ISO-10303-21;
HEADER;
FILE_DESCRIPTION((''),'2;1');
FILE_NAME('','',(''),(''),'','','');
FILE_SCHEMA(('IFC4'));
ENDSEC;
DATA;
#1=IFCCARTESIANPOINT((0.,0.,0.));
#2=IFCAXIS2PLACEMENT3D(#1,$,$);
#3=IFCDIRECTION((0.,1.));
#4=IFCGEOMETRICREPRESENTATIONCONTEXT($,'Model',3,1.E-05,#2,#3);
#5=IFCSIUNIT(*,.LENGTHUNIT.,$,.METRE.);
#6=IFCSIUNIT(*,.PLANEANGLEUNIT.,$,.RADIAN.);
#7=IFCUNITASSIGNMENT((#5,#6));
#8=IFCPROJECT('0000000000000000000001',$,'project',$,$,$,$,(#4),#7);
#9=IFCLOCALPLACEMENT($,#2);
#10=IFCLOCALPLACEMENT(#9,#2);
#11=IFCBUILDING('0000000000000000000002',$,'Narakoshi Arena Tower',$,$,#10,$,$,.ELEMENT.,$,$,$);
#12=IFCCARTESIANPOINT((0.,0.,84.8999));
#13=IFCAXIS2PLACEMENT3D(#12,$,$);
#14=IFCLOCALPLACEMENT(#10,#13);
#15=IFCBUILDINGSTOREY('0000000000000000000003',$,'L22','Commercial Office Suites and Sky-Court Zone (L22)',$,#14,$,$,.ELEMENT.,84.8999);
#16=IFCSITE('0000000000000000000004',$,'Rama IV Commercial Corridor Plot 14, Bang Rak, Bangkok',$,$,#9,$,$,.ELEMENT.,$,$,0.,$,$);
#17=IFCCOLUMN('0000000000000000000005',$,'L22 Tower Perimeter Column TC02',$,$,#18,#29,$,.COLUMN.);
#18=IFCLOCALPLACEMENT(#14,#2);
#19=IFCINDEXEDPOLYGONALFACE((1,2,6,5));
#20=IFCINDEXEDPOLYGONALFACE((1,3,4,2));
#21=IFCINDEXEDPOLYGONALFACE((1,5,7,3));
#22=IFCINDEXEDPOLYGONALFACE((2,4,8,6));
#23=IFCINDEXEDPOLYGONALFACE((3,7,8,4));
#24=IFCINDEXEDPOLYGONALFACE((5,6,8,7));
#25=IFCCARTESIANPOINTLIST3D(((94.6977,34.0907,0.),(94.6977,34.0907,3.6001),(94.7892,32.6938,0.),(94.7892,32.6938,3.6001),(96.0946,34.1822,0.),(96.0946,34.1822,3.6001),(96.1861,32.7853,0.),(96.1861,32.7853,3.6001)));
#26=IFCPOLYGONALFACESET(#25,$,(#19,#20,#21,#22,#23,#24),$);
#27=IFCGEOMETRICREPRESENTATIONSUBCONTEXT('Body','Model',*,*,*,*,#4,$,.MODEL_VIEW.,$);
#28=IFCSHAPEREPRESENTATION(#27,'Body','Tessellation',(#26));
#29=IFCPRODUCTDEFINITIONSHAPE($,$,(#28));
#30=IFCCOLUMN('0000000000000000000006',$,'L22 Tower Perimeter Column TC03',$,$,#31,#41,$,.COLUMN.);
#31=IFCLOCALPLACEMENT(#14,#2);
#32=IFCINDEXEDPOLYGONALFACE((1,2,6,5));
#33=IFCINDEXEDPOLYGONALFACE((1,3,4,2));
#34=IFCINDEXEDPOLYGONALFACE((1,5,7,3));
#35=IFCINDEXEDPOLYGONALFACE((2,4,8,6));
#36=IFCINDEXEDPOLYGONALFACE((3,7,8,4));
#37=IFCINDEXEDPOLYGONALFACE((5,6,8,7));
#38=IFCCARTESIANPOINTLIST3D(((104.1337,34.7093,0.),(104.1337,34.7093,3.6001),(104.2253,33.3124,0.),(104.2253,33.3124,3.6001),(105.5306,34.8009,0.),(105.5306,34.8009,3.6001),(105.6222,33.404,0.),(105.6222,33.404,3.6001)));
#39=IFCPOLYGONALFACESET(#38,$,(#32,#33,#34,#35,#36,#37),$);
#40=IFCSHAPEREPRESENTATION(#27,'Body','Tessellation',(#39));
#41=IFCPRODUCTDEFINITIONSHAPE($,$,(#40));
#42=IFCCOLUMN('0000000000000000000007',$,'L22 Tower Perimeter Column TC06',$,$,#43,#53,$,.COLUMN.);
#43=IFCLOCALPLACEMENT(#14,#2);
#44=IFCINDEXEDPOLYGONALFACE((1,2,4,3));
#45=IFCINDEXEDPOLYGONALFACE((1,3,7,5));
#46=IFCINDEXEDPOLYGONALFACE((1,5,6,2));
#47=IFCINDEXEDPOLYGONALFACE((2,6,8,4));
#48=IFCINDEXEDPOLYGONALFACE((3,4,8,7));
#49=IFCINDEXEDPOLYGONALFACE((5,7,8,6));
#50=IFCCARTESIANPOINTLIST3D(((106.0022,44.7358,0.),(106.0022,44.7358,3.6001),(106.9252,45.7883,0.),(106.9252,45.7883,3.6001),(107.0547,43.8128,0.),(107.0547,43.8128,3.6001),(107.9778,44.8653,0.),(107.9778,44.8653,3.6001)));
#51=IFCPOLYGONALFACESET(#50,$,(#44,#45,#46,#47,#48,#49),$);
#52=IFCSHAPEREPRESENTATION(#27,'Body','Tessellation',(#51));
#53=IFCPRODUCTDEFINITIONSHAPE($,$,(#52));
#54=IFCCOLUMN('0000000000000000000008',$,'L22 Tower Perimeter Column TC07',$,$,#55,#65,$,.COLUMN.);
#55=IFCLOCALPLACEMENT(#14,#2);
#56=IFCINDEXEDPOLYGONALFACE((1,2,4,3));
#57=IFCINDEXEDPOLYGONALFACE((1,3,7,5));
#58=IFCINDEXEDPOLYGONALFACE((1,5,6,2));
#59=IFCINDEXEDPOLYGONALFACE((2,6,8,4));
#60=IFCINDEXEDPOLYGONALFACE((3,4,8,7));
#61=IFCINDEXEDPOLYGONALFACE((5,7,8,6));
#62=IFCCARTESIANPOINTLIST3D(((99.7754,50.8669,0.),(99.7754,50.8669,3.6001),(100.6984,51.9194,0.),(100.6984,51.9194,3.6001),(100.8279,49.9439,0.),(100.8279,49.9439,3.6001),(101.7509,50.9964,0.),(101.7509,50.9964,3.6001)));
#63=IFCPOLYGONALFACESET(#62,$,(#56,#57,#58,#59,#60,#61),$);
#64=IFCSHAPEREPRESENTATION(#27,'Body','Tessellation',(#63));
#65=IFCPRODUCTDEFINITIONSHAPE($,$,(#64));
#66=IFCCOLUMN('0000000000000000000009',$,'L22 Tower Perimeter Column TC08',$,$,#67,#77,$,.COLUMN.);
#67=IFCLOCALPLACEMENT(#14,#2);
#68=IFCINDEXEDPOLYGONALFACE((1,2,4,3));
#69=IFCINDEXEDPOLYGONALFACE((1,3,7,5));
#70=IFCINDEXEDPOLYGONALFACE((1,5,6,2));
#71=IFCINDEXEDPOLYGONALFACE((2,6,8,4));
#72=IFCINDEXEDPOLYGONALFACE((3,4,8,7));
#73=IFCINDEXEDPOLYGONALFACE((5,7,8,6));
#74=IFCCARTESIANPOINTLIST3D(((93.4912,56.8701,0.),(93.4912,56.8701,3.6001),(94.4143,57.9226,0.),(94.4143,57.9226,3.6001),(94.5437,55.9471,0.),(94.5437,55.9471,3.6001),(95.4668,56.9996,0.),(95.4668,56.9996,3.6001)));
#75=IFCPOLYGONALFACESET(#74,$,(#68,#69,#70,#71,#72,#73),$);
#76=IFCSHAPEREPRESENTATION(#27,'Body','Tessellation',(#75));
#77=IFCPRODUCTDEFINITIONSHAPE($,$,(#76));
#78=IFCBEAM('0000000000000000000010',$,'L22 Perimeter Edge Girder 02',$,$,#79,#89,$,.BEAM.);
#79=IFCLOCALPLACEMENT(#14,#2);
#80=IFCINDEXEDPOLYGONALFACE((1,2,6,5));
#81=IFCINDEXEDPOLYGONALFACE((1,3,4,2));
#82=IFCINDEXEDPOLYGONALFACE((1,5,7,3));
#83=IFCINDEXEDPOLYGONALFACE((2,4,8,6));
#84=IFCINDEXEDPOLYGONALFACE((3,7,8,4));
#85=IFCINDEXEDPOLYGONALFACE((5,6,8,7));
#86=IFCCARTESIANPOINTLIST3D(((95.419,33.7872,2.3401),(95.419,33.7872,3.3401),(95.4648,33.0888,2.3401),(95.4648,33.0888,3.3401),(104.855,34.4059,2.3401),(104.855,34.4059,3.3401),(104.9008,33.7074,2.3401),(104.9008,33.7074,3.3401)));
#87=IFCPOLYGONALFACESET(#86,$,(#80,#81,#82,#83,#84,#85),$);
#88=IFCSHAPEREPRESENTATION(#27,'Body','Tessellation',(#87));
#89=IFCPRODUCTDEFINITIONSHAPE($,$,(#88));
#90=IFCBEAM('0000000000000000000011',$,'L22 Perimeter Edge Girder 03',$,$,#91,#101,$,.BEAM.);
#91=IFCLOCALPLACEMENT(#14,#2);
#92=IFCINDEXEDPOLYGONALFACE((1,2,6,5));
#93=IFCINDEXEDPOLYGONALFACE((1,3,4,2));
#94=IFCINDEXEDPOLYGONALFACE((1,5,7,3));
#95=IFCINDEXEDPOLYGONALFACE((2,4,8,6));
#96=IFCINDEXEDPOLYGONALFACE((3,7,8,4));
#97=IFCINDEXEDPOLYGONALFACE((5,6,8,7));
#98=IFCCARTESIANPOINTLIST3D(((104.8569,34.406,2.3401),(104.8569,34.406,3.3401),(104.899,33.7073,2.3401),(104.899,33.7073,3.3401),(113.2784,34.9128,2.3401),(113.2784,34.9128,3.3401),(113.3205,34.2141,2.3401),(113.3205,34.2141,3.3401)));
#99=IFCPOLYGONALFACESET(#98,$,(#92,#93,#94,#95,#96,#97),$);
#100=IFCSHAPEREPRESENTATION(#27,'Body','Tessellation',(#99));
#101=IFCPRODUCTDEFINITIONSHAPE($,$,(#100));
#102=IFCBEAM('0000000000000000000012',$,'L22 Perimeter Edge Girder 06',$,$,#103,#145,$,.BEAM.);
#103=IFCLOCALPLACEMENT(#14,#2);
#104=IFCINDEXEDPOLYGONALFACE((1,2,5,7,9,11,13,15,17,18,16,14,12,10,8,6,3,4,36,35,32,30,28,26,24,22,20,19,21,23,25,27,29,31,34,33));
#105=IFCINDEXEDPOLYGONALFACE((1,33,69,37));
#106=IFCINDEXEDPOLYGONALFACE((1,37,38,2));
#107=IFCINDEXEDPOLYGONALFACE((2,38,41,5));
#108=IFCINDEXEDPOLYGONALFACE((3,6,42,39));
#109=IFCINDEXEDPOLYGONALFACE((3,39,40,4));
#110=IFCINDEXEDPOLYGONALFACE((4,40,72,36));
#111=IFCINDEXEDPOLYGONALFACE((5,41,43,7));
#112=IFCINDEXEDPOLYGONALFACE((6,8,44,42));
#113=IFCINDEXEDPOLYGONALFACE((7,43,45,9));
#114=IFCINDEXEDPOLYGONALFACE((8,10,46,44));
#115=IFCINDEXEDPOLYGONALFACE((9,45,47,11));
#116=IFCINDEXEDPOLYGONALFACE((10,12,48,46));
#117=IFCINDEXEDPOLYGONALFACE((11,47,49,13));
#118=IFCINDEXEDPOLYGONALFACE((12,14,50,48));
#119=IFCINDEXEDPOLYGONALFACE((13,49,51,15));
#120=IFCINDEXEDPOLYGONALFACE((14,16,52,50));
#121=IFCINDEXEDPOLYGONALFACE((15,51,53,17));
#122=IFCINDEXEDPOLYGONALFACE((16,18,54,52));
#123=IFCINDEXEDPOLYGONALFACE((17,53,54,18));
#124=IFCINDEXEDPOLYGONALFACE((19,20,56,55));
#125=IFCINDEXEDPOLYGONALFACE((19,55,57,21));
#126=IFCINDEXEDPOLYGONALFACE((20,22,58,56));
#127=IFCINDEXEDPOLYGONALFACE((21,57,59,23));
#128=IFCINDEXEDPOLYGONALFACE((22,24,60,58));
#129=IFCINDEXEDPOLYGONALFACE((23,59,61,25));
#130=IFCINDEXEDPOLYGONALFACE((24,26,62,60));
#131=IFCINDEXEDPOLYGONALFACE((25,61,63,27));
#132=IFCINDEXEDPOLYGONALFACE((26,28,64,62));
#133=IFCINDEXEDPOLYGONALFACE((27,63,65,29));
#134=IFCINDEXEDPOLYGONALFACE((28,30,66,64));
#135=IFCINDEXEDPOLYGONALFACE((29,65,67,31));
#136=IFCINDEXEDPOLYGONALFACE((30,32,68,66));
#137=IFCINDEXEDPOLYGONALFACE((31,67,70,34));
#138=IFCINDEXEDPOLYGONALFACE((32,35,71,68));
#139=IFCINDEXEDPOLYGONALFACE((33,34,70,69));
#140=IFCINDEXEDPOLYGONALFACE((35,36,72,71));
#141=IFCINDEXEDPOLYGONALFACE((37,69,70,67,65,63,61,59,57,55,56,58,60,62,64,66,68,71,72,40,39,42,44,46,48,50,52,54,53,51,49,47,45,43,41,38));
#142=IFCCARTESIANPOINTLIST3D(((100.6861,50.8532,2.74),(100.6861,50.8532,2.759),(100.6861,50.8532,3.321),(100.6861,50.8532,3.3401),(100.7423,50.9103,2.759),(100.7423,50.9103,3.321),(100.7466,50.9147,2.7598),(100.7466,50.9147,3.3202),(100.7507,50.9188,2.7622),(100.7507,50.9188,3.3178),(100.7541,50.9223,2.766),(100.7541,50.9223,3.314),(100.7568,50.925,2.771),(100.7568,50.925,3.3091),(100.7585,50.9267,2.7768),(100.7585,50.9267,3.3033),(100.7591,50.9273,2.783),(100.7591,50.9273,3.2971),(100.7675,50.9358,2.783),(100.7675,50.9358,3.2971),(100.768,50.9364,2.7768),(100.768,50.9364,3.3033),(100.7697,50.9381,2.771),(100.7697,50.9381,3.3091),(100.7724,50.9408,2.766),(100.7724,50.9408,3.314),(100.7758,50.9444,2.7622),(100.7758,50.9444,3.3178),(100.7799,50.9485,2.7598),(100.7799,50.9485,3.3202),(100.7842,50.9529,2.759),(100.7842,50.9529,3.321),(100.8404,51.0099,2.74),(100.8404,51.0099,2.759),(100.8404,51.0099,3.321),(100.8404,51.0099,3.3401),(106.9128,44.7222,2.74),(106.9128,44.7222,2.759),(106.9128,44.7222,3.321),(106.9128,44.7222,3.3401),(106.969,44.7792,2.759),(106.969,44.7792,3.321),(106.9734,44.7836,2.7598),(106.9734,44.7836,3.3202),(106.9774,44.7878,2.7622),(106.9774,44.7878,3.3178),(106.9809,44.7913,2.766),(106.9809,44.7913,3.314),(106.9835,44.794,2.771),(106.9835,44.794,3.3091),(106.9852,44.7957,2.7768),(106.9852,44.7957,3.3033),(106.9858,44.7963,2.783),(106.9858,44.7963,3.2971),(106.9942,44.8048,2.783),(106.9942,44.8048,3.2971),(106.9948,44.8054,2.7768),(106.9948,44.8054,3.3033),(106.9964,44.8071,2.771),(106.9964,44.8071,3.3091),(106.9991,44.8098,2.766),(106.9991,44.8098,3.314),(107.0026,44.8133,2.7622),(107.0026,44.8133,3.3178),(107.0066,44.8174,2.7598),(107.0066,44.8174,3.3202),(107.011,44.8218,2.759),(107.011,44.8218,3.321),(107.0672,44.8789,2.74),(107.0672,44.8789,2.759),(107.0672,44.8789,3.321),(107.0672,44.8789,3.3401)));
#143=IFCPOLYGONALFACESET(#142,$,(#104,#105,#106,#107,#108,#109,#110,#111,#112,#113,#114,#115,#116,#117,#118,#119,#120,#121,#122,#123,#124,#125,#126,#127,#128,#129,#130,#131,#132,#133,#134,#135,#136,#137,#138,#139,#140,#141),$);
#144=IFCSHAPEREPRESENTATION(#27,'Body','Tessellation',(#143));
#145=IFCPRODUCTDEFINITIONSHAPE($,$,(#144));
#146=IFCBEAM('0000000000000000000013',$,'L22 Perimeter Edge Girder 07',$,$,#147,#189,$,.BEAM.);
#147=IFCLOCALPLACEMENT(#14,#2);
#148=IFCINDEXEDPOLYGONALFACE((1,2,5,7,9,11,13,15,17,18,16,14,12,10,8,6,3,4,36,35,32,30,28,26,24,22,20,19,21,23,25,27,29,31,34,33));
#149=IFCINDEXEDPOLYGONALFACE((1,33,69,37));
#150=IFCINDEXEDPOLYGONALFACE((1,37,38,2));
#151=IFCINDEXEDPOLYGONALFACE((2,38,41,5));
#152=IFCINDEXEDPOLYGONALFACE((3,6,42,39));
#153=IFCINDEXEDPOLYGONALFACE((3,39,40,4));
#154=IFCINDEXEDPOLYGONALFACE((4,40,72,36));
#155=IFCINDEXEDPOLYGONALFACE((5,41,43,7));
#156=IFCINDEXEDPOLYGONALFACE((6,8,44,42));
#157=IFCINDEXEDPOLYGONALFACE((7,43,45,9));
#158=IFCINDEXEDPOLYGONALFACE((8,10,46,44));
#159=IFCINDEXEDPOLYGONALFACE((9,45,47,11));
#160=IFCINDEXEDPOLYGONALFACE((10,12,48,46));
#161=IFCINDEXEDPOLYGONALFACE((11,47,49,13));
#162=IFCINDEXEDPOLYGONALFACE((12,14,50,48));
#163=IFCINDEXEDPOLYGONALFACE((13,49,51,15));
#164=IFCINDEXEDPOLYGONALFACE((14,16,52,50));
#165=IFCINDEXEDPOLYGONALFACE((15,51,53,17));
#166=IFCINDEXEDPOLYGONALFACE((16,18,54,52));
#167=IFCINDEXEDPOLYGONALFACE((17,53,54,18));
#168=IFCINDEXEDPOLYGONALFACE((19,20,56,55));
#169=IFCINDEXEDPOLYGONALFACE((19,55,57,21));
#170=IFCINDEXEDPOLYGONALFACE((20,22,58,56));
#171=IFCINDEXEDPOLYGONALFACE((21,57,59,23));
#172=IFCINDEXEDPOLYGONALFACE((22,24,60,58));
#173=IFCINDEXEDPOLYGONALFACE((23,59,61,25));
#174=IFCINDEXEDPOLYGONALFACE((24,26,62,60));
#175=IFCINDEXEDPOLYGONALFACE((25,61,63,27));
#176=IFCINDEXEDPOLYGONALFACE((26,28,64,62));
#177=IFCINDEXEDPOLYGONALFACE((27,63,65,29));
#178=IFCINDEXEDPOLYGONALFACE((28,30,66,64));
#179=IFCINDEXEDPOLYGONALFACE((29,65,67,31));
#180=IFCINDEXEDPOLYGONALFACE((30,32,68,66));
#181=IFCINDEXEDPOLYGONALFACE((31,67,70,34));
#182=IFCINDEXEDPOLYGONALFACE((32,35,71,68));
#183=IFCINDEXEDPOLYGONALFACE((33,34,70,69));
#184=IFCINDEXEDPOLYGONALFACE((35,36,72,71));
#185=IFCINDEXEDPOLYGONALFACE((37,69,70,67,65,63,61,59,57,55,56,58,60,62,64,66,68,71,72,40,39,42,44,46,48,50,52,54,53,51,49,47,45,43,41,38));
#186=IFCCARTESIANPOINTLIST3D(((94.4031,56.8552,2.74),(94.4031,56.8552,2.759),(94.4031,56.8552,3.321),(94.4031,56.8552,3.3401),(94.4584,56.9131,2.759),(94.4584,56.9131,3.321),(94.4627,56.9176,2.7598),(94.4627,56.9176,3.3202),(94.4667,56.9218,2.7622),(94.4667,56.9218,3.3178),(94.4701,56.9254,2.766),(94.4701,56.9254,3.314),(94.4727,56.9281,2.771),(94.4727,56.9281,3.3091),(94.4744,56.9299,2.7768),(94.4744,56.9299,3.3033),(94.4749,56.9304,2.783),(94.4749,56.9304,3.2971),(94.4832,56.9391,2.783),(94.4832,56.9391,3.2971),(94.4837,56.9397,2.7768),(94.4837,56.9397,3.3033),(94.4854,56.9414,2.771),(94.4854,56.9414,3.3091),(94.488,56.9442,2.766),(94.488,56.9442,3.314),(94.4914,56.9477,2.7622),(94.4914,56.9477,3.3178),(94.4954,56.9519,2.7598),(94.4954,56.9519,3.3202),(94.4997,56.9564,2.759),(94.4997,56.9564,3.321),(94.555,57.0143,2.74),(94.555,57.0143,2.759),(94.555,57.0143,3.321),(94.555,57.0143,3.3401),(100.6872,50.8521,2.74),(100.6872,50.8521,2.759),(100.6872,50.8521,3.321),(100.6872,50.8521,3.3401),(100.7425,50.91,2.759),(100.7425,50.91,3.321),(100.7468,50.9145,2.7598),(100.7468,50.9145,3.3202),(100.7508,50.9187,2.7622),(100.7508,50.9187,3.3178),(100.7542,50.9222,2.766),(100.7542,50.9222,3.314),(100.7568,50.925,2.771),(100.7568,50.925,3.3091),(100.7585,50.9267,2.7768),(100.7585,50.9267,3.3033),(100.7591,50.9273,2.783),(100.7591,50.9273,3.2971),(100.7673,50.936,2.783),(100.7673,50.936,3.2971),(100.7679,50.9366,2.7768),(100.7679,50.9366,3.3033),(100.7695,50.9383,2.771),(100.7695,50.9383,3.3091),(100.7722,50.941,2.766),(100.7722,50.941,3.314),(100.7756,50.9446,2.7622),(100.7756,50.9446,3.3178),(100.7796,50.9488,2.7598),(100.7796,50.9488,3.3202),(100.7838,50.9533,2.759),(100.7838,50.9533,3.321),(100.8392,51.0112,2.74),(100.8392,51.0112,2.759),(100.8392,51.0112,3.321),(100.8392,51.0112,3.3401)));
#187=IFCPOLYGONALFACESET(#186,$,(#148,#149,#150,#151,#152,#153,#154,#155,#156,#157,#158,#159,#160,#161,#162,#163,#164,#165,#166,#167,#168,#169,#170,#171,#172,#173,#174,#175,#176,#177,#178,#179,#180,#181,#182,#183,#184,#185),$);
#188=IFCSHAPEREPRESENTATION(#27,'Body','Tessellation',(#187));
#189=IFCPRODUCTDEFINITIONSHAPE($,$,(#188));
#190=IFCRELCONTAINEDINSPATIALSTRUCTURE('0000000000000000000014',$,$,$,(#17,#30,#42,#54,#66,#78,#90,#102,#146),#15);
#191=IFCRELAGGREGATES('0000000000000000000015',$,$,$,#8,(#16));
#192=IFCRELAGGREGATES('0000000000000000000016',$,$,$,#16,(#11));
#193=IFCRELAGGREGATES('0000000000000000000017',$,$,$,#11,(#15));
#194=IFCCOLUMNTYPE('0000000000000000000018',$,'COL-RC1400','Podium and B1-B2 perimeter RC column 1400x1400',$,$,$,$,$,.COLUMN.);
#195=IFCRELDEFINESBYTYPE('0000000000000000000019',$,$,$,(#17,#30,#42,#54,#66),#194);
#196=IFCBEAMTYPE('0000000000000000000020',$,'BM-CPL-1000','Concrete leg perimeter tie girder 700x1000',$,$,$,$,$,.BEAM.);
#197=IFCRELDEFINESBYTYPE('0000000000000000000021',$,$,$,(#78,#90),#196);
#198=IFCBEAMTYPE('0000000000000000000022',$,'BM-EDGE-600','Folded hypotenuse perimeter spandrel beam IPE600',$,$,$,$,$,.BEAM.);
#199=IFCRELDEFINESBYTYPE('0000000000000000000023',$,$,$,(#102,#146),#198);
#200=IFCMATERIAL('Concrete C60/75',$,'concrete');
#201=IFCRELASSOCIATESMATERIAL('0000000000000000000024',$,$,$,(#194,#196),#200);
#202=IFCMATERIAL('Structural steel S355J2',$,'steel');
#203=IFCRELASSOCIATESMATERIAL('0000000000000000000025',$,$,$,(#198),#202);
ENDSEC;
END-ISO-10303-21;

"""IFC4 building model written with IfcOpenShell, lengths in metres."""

from ifc_helpers import new_model, si_unit, direction, frame, origin, origin_2d, place, context, subcontext, project, spatial, rectangle, i_section, extrude, material, material_profile, profile_set, type_object, element, save


model = new_model("IFC4")

# Units and contexts
model_context = context("Model", 3, precision=1e-05, world=origin(), true_north=direction((0.0, 1.0)))
body_context = subcontext(model_context, "Body", "Model", "MODEL_VIEW")
ifc_project = project(units=[si_unit("LENGTHUNIT", "METRE"), si_unit("PLANEANGLEUNIT", "RADIAN")], contexts=[model_context])

# Site, building, storey
site_placement = place(None, origin())
site = spatial("IfcSite", under=ifc_project, at=site_placement, Name="Rama IV Commercial Corridor Plot 14, Bang Rak, Bangkok", CompositionType="ELEMENT", RefElevation=0.0)
building_placement = place(site_placement, origin())
building = spatial("IfcBuilding", under=site, at=building_placement, Name="Narakoshi Arena Tower", CompositionType="ELEMENT")
storey_placement = place(building_placement, frame((0.0, 0.0, 84.8999)))
storey = spatial("IfcBuildingStorey", under=building, at=storey_placement, Name="L22", Description="Commercial Office Suites and Sky-Court Zone (L22)", CompositionType="ELEMENT", Elevation=84.8999)

# Columns
ifc_material_1 = material(Name="Concrete C60/75", Category="concrete")
ifc_material_profile_1 = material_profile(ifc_material_1, rectangle(XDim=1.3999, YDim=1.3999, at=origin_2d()), Name="RC1400x1400")
ifc_profile_set_1 = profile_set([ifc_material_profile_1], Name="Concrete C60/75")
column_type = type_object("IfcColumnType", Name="COL-RC1400", Description="Podium and B1-B2 perimeter RC column 1400x1400", PredefinedType="COLUMN", material=ifc_profile_set_1)
for number, where, z_axis, x_axis, name in (
    (1, (95.4419, 33.438, 0.0), (0.0, 0.0, 1.0), (0.997859, 0.065403, 0.0), "L22 Tower Perimeter Column TC02"),
    (2, (104.8779, 34.0566, 0.0), (0.0, 0.0, 1.0), (0.997859, 0.065403, 0.0), "L22 Tower Perimeter Column TC03"),
    (3, (106.99, 44.8005, 0.0), (0.0, 0.0, 1.0), (0.659346, 0.75184, 0.0), "L22 Tower Perimeter Column TC06"),
    (4, (100.7632, 50.9316, 0.0), (0.0, 0.0, 1.0), (0.659346, 0.75184, 0.0), "L22 Tower Perimeter Column TC07"),
    (5, (94.479, 56.9348, 0.0), (0.0, 0.0, 1.0), (0.659346, 0.75184, 0.0), "L22 Tower Perimeter Column TC08"),
):
    element("IfcColumn", number, at=place(storey_placement, frame(where, z_axis=z_axis, x_axis=x_axis)), inside=storey, type_object=column_type, Name=name, PredefinedType="COLUMN", context=body_context, shape_type="SweptSolid", body=[
        extrude(rectangle(XDim=1.3999, YDim=1.3999, at=origin_2d()), origin(), (0.0, 0.0, 1.0), 3.6001),
    ])

# Beams
ifc_material_profile_2 = material_profile(ifc_material_1, rectangle(XDim=0.7, YDim=1.0, at=origin_2d()), Name="RCB700x1000")
ifc_profile_set_2 = profile_set([ifc_material_profile_2], Name="Concrete C60/75")
beam_type_1 = type_object("IfcBeamType", Name="BM-CPL-1000", Description="Concrete leg perimeter tie girder 700x1000", PredefinedType="BEAM", material=ifc_profile_set_2)
beam_1_placement = place(storey_placement, frame((95.4419, 33.438, 2.8401), z_axis=(0.997858, 0.065422, 0.0), x_axis=(-0.065422, 0.997858, 0.0)))
element("IfcBeam", 6, at=beam_1_placement, inside=storey, type_object=beam_type_1, Name="L22 Perimeter Edge Girder 02", PredefinedType="BEAM", context=body_context, shape_type="SweptSolid", body=[
    extrude(rectangle(XDim=0.7, YDim=1.0, at=origin_2d()), origin(), (0.0, 0.0, 1.0), 9.4563),
])
beam_2_placement = place(storey_placement, frame((104.8779, 34.0566, 2.8401), z_axis=(0.998194, 0.060074, 0.0), x_axis=(-0.060074, 0.998194, 0.0)))
element("IfcBeam", 7, at=beam_2_placement, inside=storey, type_object=beam_type_1, Name="L22 Perimeter Edge Girder 03", PredefinedType="BEAM", context=body_context, shape_type="SweptSolid", body=[
    extrude(rectangle(XDim=0.7, YDim=1.0, at=origin_2d()), origin(), (0.0, 0.0, 1.0), 8.4368),
])
ifc_material_2 = material(Name="Structural steel S355J2", Category="steel")
ifc_material_profile_3 = material_profile(ifc_material_2, i_section(OverallWidth=0.22, OverallDepth=0.6001, WebThickness=0.012, FlangeThickness=0.019, FilletRadius=0.0239, at=origin_2d()), Name="IPE600")
ifc_profile_set_3 = profile_set([ifc_material_profile_3], Name="Structural steel S355J2")
beam_type_2 = type_object("IfcBeamType", Name="BM-EDGE-600", Description="Folded hypotenuse perimeter spandrel beam IPE600", PredefinedType="BEAM", material=ifc_profile_set_3)
beam_3_placement = place(storey_placement, frame((106.99, 44.8005, 3.04), z_axis=(-0.712561, 0.70161, 0.0), x_axis=(-0.70161, -0.712561, 0.0)))
element("IfcBeam", 8, at=beam_3_placement, inside=storey, type_object=beam_type_2, Name="L22 Perimeter Edge Girder 06", PredefinedType="BEAM", context=body_context, shape_type="SweptSolid", body=[
    extrude(i_section(OverallWidth=0.22, OverallDepth=0.6001, WebThickness=0.012, FlangeThickness=0.019, FilletRadius=0.0239, at=origin_2d()), origin(), (0.0, 0.0, 1.0), 8.7385),
])
beam_4_placement = place(storey_placement, frame((100.7632, 50.9316, 3.04), z_axis=(-0.723089, 0.690755, 0.0), x_axis=(-0.690755, -0.723089, 0.0)))
element("IfcBeam", 9, at=beam_4_placement, inside=storey, type_object=beam_type_2, Name="L22 Perimeter Edge Girder 07", PredefinedType="BEAM", context=body_context, shape_type="SweptSolid", body=[
    extrude(i_section(OverallWidth=0.22, OverallDepth=0.6001, WebThickness=0.012, FlangeThickness=0.019, FilletRadius=0.0239, at=origin_2d()), origin(), (0.0, 0.0, 1.0), 8.6907),
])

save(model, "model.ifc")
